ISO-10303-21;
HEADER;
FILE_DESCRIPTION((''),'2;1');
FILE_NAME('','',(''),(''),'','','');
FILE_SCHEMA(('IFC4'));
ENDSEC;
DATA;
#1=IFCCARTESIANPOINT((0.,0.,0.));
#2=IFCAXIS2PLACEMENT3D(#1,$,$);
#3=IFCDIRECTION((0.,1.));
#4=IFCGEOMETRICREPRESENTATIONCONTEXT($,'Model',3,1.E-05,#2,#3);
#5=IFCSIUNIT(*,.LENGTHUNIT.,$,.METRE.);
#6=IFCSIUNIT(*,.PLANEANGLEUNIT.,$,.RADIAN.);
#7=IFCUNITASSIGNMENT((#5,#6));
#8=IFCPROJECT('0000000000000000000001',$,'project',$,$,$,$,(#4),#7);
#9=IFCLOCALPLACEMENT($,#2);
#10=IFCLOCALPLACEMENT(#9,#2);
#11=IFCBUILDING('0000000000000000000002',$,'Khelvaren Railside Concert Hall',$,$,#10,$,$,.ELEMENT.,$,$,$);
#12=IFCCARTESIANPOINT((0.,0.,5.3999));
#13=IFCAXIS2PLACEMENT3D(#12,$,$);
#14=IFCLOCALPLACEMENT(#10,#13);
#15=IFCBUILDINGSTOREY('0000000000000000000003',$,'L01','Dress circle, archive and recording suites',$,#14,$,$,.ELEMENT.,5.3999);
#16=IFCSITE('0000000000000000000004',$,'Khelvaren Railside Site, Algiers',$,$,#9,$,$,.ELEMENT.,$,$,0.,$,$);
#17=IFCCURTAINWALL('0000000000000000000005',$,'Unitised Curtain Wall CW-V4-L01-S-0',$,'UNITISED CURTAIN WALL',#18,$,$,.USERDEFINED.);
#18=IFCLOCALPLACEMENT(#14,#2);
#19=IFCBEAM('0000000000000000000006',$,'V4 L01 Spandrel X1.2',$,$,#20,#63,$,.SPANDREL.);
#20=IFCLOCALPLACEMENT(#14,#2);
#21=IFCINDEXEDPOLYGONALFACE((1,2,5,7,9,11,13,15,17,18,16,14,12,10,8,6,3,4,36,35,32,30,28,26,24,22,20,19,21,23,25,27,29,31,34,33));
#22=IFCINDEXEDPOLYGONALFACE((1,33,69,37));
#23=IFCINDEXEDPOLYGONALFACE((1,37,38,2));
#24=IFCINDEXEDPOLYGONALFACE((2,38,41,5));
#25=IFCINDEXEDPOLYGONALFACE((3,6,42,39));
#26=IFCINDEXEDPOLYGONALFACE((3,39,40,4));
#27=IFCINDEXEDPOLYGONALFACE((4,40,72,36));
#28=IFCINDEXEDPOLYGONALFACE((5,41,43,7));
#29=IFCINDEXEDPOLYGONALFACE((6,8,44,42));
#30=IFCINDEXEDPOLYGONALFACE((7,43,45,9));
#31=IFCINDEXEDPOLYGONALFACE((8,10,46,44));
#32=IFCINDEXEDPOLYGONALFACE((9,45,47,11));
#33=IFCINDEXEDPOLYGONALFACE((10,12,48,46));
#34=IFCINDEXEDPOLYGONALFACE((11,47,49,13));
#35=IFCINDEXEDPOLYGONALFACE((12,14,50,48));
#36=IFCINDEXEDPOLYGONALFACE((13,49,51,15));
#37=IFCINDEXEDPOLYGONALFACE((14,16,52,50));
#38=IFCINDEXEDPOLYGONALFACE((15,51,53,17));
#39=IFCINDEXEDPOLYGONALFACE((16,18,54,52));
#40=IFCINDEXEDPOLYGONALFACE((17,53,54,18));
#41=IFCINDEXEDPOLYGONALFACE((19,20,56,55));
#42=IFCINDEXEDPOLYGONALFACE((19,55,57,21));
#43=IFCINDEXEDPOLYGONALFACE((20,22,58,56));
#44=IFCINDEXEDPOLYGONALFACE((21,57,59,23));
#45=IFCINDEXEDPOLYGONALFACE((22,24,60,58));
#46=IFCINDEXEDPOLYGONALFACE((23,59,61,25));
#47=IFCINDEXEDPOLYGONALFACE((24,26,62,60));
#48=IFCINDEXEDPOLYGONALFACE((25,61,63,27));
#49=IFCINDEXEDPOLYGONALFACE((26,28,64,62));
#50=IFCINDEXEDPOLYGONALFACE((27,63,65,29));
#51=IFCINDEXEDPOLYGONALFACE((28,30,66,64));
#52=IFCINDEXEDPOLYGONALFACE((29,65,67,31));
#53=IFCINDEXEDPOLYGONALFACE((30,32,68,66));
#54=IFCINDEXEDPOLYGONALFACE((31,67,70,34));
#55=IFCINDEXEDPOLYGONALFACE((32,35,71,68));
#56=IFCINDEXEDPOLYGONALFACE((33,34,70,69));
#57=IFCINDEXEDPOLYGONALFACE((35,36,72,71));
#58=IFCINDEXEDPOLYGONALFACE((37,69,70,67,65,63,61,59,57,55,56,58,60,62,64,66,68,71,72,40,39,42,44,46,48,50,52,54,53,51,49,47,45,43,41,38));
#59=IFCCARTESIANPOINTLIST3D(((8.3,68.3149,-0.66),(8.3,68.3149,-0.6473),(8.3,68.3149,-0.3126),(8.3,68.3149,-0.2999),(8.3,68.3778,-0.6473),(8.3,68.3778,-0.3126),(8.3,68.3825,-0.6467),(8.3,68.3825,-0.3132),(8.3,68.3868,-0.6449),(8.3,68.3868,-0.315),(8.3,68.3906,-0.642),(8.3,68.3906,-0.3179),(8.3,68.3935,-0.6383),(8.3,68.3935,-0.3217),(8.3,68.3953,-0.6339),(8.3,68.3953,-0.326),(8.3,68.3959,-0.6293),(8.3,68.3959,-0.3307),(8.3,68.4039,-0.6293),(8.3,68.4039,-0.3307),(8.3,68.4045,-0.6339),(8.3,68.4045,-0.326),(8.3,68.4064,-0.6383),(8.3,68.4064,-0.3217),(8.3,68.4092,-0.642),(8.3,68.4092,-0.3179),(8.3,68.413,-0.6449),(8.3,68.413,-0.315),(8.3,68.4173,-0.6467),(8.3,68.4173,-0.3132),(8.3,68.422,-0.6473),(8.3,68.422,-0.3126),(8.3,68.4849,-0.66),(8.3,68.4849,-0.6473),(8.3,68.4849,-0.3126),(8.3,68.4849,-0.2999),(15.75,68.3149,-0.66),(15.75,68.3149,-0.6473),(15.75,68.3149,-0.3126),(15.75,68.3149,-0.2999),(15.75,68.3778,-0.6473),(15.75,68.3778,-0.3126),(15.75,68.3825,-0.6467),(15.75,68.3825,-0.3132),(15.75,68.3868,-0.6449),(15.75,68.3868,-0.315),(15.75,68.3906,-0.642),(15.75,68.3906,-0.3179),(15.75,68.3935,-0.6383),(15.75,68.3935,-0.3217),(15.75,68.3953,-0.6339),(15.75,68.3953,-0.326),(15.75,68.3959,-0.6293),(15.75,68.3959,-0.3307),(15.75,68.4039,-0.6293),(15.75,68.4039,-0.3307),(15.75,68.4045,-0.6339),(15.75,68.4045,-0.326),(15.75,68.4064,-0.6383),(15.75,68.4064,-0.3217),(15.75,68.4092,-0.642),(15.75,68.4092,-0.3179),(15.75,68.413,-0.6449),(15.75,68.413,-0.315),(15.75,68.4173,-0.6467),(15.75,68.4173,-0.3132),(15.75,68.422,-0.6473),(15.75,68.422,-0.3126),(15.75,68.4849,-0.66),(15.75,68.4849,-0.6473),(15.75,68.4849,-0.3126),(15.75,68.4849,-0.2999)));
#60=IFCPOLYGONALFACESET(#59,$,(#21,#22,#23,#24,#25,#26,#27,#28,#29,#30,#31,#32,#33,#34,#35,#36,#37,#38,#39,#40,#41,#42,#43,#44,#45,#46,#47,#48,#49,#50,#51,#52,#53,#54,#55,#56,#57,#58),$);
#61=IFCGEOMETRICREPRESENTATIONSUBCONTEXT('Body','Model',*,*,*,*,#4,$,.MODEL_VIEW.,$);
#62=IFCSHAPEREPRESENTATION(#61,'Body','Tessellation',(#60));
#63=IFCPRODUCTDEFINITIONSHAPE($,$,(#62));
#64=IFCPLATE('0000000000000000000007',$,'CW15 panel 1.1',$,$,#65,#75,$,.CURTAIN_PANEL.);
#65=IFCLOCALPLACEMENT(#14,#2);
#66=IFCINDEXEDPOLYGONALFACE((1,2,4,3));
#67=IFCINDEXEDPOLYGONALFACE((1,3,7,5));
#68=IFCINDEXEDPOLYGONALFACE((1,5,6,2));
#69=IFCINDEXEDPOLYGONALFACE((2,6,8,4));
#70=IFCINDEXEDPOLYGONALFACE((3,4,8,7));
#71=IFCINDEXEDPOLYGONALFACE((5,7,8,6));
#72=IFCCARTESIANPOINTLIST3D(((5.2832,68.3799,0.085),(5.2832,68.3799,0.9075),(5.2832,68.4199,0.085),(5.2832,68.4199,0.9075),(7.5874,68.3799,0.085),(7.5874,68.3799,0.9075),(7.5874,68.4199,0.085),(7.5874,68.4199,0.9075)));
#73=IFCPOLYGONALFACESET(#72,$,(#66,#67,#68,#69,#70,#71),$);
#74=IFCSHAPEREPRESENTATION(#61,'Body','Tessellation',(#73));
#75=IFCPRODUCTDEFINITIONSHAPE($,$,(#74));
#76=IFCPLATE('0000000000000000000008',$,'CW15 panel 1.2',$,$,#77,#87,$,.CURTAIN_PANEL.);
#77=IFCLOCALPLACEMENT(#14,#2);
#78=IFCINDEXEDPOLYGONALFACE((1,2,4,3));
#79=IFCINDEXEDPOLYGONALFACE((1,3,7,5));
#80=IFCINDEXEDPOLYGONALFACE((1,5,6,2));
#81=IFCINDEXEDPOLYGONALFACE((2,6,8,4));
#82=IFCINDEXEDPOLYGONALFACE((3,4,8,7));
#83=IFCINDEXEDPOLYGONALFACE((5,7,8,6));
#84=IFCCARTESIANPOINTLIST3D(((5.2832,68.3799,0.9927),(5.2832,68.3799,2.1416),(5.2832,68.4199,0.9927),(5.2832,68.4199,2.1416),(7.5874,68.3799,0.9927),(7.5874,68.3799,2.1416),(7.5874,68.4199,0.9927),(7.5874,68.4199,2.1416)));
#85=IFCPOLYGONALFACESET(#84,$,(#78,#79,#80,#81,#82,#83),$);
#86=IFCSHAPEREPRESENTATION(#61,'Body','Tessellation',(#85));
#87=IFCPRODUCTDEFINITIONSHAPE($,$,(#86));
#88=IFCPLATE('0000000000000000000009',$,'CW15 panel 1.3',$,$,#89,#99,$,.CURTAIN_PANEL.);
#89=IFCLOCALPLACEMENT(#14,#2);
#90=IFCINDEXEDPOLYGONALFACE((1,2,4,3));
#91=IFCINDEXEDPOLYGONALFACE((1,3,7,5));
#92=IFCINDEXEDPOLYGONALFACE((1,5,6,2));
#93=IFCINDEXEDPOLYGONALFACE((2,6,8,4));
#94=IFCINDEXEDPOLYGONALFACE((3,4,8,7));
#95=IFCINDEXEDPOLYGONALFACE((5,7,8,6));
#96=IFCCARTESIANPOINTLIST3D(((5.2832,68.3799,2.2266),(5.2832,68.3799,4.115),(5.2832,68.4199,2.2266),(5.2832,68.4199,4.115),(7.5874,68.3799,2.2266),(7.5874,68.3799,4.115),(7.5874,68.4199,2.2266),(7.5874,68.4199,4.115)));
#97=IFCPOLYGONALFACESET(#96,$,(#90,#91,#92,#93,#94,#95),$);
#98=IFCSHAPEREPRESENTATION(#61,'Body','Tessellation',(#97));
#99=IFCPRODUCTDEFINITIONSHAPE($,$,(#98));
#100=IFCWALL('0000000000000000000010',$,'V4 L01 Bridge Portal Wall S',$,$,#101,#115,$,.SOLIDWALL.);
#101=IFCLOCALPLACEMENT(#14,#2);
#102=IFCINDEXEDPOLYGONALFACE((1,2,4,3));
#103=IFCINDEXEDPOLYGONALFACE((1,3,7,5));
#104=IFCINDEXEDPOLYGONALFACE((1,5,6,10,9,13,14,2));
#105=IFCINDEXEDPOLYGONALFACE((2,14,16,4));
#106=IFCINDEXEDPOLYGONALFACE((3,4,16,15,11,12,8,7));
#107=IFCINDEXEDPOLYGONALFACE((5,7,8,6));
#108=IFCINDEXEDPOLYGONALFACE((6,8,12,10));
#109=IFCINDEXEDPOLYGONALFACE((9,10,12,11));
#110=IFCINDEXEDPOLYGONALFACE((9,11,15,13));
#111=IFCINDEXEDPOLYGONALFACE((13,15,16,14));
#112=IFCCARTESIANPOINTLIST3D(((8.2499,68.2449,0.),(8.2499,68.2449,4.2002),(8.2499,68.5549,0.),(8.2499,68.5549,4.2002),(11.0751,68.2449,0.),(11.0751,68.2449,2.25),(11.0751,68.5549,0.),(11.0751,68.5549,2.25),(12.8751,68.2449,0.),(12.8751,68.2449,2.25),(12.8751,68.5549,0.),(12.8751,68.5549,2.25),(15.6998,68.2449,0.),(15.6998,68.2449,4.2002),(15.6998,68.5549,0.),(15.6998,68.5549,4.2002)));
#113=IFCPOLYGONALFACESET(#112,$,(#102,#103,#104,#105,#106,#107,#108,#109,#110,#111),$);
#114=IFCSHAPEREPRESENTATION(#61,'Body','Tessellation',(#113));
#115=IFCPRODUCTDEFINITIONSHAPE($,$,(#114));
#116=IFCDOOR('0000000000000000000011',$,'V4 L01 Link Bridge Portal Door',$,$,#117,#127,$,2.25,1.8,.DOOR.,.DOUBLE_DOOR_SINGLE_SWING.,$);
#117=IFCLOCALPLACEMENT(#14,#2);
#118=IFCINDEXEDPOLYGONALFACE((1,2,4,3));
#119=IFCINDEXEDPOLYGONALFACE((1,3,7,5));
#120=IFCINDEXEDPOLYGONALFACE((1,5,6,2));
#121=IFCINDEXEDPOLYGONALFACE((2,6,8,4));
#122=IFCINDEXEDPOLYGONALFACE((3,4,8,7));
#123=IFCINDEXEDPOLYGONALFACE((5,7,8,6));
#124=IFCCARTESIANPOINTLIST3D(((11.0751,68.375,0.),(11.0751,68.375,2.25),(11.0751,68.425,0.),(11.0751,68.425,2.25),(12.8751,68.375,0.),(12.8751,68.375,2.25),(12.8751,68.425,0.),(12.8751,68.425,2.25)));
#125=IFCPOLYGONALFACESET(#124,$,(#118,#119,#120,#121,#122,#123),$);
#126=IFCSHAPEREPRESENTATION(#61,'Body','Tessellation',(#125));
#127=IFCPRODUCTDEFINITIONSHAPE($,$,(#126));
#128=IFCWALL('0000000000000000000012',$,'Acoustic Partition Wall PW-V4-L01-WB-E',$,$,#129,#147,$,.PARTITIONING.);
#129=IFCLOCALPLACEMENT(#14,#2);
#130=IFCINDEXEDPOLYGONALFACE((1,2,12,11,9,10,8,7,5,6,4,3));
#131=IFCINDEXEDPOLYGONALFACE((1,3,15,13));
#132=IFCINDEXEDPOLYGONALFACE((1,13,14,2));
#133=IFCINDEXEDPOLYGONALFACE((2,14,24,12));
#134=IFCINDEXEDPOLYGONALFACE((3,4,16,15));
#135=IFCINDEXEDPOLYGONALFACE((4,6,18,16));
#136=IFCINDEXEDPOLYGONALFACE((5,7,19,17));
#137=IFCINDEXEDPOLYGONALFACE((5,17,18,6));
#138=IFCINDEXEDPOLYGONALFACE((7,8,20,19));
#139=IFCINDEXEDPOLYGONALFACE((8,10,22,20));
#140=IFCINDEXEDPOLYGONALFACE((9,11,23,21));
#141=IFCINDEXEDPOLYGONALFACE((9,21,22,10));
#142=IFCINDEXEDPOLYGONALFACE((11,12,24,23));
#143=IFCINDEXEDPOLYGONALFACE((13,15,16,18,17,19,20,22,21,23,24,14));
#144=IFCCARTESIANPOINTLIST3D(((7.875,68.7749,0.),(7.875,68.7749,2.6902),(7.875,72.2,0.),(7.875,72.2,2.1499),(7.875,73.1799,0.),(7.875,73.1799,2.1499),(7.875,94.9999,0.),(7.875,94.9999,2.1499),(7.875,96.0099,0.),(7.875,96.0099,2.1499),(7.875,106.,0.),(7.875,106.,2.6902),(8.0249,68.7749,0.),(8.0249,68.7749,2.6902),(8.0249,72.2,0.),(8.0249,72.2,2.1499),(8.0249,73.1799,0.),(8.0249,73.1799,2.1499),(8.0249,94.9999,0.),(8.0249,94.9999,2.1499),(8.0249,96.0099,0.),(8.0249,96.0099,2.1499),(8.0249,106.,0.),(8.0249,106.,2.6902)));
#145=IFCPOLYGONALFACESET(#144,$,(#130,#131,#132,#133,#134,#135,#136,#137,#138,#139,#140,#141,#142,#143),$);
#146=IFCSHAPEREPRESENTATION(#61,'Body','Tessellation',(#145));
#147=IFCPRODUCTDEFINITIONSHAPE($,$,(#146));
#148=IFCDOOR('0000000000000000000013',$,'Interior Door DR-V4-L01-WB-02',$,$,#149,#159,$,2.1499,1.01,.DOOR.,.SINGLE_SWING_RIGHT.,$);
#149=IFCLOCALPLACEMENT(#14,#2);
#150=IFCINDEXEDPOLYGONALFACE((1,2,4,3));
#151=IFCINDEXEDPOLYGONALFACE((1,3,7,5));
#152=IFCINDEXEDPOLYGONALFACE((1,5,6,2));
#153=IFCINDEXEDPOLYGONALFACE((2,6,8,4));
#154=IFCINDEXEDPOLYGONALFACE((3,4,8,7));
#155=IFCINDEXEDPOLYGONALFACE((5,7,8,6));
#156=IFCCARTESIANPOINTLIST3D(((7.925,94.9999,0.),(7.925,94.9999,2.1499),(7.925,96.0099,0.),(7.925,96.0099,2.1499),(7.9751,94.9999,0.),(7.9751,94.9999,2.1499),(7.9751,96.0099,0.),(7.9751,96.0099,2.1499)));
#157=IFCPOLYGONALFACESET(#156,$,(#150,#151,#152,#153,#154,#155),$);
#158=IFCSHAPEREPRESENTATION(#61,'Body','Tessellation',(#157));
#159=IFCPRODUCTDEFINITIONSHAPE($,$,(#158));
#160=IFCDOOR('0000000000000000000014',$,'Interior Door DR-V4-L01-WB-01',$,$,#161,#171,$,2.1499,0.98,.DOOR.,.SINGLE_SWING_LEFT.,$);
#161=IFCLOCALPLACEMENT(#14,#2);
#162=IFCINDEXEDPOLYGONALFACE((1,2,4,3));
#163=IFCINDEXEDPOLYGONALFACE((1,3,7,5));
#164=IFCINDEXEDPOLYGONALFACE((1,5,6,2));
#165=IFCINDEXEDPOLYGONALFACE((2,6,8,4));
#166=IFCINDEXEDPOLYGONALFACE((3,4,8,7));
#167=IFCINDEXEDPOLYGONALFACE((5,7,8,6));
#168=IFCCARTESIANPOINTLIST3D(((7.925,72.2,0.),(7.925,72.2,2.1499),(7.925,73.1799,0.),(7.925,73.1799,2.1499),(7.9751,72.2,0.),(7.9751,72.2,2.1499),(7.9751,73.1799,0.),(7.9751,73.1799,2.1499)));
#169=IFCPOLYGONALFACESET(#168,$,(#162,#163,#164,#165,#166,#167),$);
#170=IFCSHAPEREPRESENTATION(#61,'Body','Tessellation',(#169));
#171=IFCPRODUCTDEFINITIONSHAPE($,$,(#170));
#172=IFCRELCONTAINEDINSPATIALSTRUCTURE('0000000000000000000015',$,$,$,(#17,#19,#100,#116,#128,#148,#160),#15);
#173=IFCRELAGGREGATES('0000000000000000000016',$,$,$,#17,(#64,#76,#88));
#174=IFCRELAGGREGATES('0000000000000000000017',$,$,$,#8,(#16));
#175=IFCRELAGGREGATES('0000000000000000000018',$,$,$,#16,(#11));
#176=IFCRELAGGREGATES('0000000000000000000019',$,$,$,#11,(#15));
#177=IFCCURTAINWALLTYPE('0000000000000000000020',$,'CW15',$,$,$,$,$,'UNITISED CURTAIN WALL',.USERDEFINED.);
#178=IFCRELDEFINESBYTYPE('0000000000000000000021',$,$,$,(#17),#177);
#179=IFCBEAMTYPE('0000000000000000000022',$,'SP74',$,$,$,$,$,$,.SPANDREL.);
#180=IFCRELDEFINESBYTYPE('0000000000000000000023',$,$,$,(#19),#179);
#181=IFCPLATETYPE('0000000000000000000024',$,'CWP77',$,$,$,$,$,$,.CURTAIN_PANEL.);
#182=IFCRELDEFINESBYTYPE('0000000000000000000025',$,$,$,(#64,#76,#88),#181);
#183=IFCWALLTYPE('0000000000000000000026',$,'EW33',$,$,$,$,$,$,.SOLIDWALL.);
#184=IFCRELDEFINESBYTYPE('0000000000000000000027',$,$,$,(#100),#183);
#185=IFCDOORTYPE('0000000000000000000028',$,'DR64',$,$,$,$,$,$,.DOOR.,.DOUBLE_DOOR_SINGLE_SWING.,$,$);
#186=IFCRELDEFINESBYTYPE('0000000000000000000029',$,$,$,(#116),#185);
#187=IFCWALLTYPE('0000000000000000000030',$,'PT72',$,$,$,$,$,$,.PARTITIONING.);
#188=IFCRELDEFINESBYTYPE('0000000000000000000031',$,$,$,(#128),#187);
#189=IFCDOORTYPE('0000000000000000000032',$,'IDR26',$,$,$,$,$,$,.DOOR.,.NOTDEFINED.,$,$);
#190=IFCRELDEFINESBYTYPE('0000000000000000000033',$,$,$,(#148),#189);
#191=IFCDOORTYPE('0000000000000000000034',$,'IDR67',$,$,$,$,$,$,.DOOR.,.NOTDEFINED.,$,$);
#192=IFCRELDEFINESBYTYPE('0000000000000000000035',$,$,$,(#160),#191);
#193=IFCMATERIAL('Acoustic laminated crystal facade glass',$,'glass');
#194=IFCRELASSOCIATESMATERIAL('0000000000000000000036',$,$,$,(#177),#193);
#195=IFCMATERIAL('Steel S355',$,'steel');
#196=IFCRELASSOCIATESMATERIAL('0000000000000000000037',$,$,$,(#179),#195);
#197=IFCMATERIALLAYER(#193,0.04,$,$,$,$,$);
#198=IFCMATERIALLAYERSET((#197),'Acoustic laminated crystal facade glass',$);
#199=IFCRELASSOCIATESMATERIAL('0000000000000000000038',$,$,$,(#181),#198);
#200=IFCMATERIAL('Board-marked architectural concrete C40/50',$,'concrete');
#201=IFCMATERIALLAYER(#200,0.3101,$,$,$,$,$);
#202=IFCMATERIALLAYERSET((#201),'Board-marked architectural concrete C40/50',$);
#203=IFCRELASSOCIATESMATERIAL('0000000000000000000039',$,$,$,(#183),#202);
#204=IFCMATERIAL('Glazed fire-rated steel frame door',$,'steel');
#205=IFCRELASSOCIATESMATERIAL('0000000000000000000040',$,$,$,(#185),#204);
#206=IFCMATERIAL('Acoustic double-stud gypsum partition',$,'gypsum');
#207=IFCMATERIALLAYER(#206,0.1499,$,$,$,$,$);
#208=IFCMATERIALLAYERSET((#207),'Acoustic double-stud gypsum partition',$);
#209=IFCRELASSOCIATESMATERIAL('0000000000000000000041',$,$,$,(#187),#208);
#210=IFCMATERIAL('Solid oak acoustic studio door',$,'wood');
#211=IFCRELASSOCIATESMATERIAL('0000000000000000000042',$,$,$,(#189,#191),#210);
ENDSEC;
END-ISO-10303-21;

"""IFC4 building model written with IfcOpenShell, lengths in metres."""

from ifc_helpers import new_model, si_unit, direction, frame, frame_2d, origin, origin_2d, place, context, subcontext, project, spatial, rectangle, i_section, extrude, material, layer, layer_set, material_profile, profile_set, type_object, element, fill, aggregate, save


model = new_model("IFC4")

# Units and contexts
model_context = context("Model", 3, precision=1e-05, world=origin(), true_north=direction((0.0, 1.0)))
body_context = subcontext(model_context, "Body", "Model", "MODEL_VIEW")
ifc_project = project(units=[si_unit("LENGTHUNIT", "METRE"), si_unit("PLANEANGLEUNIT", "RADIAN")], contexts=[model_context])

# Site, building, storey
site_placement = place(None, origin())
site = spatial("IfcSite", under=ifc_project, at=site_placement, Name="Khelvaren Railside Site, Algiers", CompositionType="ELEMENT", RefElevation=0.0)
building_placement = place(site_placement, origin())
building = spatial("IfcBuilding", under=site, at=building_placement, Name="Khelvaren Railside Concert Hall", CompositionType="ELEMENT")
storey_placement = place(building_placement, frame((0.0, 0.0, 5.3999)))
storey = spatial("IfcBuildingStorey", under=building, at=storey_placement, Name="L01", Description="Dress circle, archive and recording suites", CompositionType="ELEMENT", Elevation=5.3999)

# Shared definitions
ifc_material_1 = material(Name="Steel S355", Category="steel")

# Curtain wall
ifc_material_2 = material(Name="Acoustic laminated crystal facade glass", Category="glass")
curtain_wall_type = type_object("IfcCurtainWallType", Name="CW15", ElementType="UNITISED CURTAIN WALL", PredefinedType="USERDEFINED", material=ifc_material_2)
curtain_wall_placement = place(storey_placement, origin())
curtain_wall = element("IfcCurtainWall", 1, at=curtain_wall_placement, inside=storey, type_object=curtain_wall_type, Name="Unitised Curtain Wall CW-V4-L01-S-0", ObjectType="UNITISED CURTAIN WALL", PredefinedType="USERDEFINED")

# Beam
ifc_material_profile_1 = material_profile(ifc_material_1, i_section(OverallWidth=0.1699, OverallDepth=0.3601, WebThickness=0.0081, FlangeThickness=0.0127, FilletRadius=0.0181, at=origin_2d()), Name="IPE 360")
ifc_profile_set_1 = profile_set([ifc_material_profile_1], Name="Steel S355")
beam_type_1 = type_object("IfcBeamType", Name="SP74", PredefinedType="SPANDREL", material=ifc_profile_set_1)
beam_1_placement = place(storey_placement, frame((8.3, 68.3999, -0.48), z_axis=(1.0, 0.0, 0.0), x_axis=(0.0, 1.0, 0.0)))
element("IfcBeam", 2, at=beam_1_placement, inside=storey, type_object=beam_type_1, Name="V4 L01 Spandrel X1.2", PredefinedType="SPANDREL", context=body_context, shape_type="SweptSolid", body=[
    extrude(i_section(OverallWidth=0.1699, OverallDepth=0.3601, WebThickness=0.0081, FlangeThickness=0.0127, FilletRadius=0.0181, at=origin_2d()), origin(), (0.0, 0.0, 1.0), 7.45),
])

# Plates
ifc_layer_1 = layer(ifc_material_2, 0.04)
ifc_layer_set_1 = layer_set([ifc_layer_1], Name="Acoustic laminated crystal facade glass")
plate_type = type_object("IfcPlateType", Name="CWP77", PredefinedType="CURTAIN_PANEL", material=ifc_layer_set_1)
plate_1_placement = place(storey_placement, frame((6.4353, 68.3999, 0.085), z_axis=(0.0, 0.0, 1.0), x_axis=(-1.0, 0.0, 0.0)))
plate_1 = element("IfcPlate", 3, at=plate_1_placement, type_object=plate_type, Name="CW15 panel 1.1", PredefinedType="CURTAIN_PANEL", context=body_context, shape_type="SweptSolid", body=[
    extrude(rectangle(XDim=2.3042, YDim=0.04, at=origin_2d()), origin(), (0.0, 0.0, 1.0), 0.8225),
])
plate_2_placement = place(storey_placement, frame((6.4353, 68.3999, 0.9927), z_axis=(0.0, 0.0, 1.0), x_axis=(-1.0, 0.0, 0.0)))
plate_2 = element("IfcPlate", 4, at=plate_2_placement, type_object=plate_type, Name="CW15 panel 1.2", PredefinedType="CURTAIN_PANEL", context=body_context, shape_type="SweptSolid", body=[
    extrude(rectangle(XDim=2.3042, YDim=0.04, at=origin_2d()), origin(), (0.0, 0.0, 1.0), 1.1489),
])
plate_3_placement = place(storey_placement, frame((6.4353, 68.3999, 2.2266), z_axis=(0.0, 0.0, 1.0), x_axis=(-1.0, 0.0, 0.0)))
plate_3 = element("IfcPlate", 5, at=plate_3_placement, type_object=plate_type, Name="CW15 panel 1.3", PredefinedType="CURTAIN_PANEL", context=body_context, shape_type="SweptSolid", body=[
    extrude(rectangle(XDim=2.3042, YDim=0.04, at=origin_2d()), origin(), (0.0, 0.0, 1.0), 1.8884),
])
aggregate(curtain_wall, [plate_1, plate_2, plate_3])

# Wall, opening, door
ifc_material_3 = material(Name="Board-marked architectural concrete C40/50", Category="concrete")
ifc_layer_2 = layer(ifc_material_3, 0.3101)
ifc_layer_set_2 = layer_set([ifc_layer_2], Name="Board-marked architectural concrete C40/50")
wall_type_1 = type_object("IfcWallType", Name="EW33", PredefinedType="SOLIDWALL", material=ifc_layer_set_2)
wall_1_placement = place(storey_placement, frame((15.7, 68.3999, 0.0), z_axis=(0.0, 0.0, 1.0), x_axis=(-1.0, 0.0, 0.0)))
wall_1 = element("IfcWall", 6, at=wall_1_placement, inside=storey, type_object=wall_type_1, Name="V4 L01 Bridge Portal Wall S", PredefinedType="SOLIDWALL", context=body_context, shape_type="SweptSolid", body=[
    extrude(rectangle(XDim=7.45, YDim=0.3101, at=frame_2d((3.7251, 0.0))), origin(), (0.0, 0.0, 1.0), 4.2002),
])
opening_1_placement = place(wall_1_placement, frame((2.825, 0.0, 0.0)))
opening_1 = element("IfcOpeningElement", 7, at=opening_1_placement, cuts=wall_1, PredefinedType="OPENING", context=body_context, shape_type="SweptSolid", body=[
    extrude(rectangle(XDim=1.8, YDim=2.25, at=frame_2d((0.8999, 1.125))), frame((0.0, 0.165, 0.0), z_axis=(0.0, -1.0, 0.0), x_axis=(1.0, 0.0, 0.0)), (0.0, 0.0, 1.0), 0.3301),
])
ifc_material_4 = material(Name="Glazed fire-rated steel frame door", Category="steel")
door_type_1 = type_object("IfcDoorType", Name="DR64", OperationType="DOUBLE_DOOR_SINGLE_SWING", PredefinedType="DOOR", material=ifc_material_4)
door_1_placement = place(opening_1_placement, origin())
door_1 = element("IfcDoor", 8, at=door_1_placement, inside=storey, type_object=door_type_1, Name="V4 L01 Link Bridge Portal Door", OperationType="DOUBLE_DOOR_SINGLE_SWING", OverallHeight=2.25, OverallWidth=1.8, PredefinedType="DOOR", context=body_context, shape_type="SweptSolid", body=[
    extrude(rectangle(XDim=1.8, YDim=2.25, at=frame_2d((0.8999, 1.125))), frame((0.0, 0.0249, 0.0), z_axis=(0.0, -1.0, 0.0), x_axis=(1.0, 0.0, 0.0)), (0.0, 0.0, 1.0), 0.05),
])
fill(opening_1, door_1)

# Wall, openings, doors
ifc_material_5 = material(Name="Acoustic double-stud gypsum partition", Category="gypsum")
ifc_layer_3 = layer(ifc_material_5, 0.1499)
ifc_layer_set_3 = layer_set([ifc_layer_3], Name="Acoustic double-stud gypsum partition")
wall_type_2 = type_object("IfcWallType", Name="PT72", PredefinedType="PARTITIONING", material=ifc_layer_set_3)
wall_2_placement = place(storey_placement, frame((7.95, 68.7749, 0.0), z_axis=(0.0, 0.0, 1.0), x_axis=(0.0, 1.0, 0.0)))
wall_2 = element("IfcWall", 9, at=wall_2_placement, inside=storey, type_object=wall_type_2, Name="Acoustic Partition Wall PW-V4-L01-WB-E", PredefinedType="PARTITIONING", context=body_context, shape_type="SweptSolid", body=[
    extrude(rectangle(XDim=37.2251, YDim=0.1499, at=frame_2d((18.6125, 0.0))), origin(), (0.0, 0.0, 1.0), 2.6902),
])
opening_2_placement = place(wall_2_placement, frame((3.425, 0.0, 0.0)))
opening_2 = element("IfcOpeningElement", 10, at=opening_2_placement, cuts=wall_2, PredefinedType="OPENING", context=body_context, shape_type="SweptSolid", body=[
    extrude(rectangle(XDim=0.98, YDim=2.1499, at=frame_2d((0.49, 1.075))), frame((0.0, 0.085, 0.0), z_axis=(0.0, -1.0, 0.0), x_axis=(1.0, 0.0, 0.0)), (0.0, 0.0, 1.0), 0.1699),
])
opening_3_placement = place(wall_2_placement, frame((26.2251, 0.0, 0.0)))
opening_3 = element("IfcOpeningElement", 11, at=opening_3_placement, cuts=wall_2, PredefinedType="OPENING", context=body_context, shape_type="SweptSolid", body=[
    extrude(rectangle(XDim=1.01, YDim=2.1499, at=frame_2d((0.5049, 1.075))), frame((0.0, 0.085, 0.0), z_axis=(0.0, -1.0, 0.0), x_axis=(1.0, 0.0, 0.0)), (0.0, 0.0, 1.0), 0.1699),
])
ifc_material_6 = material(Name="Solid oak acoustic studio door", Category="wood")
door_type_2 = type_object("IfcDoorType", Name="IDR26", OperationType="NOTDEFINED", PredefinedType="DOOR", material=ifc_material_6)
door_2_placement = place(opening_3_placement, origin())
door_2 = element("IfcDoor", 12, at=door_2_placement, inside=storey, type_object=door_type_2, Name="Interior Door DR-V4-L01-WB-02", OperationType="SINGLE_SWING_RIGHT", OverallHeight=2.1499, OverallWidth=1.01, PredefinedType="DOOR", context=body_context, shape_type="SweptSolid", body=[
    extrude(rectangle(XDim=1.01, YDim=2.1499, at=frame_2d((0.5049, 1.075))), frame((0.0, 0.0249, 0.0), z_axis=(0.0, -1.0, 0.0), x_axis=(1.0, 0.0, 0.0)), (0.0, 0.0, 1.0), 0.05),
])
fill(opening_3, door_2)
door_type_3 = type_object("IfcDoorType", Name="IDR67", OperationType="NOTDEFINED", PredefinedType="DOOR", material=ifc_material_6)
door_3_placement = place(opening_2_placement, origin())
door_3 = element("IfcDoor", 13, at=door_3_placement, inside=storey, type_object=door_type_3, Name="Interior Door DR-V4-L01-WB-01", OperationType="SINGLE_SWING_LEFT", OverallHeight=2.1499, OverallWidth=0.98, PredefinedType="DOOR", context=body_context, shape_type="SweptSolid", body=[
    extrude(rectangle(XDim=0.98, YDim=2.1499, at=frame_2d((0.49, 1.075))), frame((0.0, 0.0249, 0.0), z_axis=(0.0, -1.0, 0.0), x_axis=(1.0, 0.0, 0.0)), (0.0, 0.0, 1.0), 0.05),
])
fill(opening_2, door_3)

save(model, "model.ifc")
